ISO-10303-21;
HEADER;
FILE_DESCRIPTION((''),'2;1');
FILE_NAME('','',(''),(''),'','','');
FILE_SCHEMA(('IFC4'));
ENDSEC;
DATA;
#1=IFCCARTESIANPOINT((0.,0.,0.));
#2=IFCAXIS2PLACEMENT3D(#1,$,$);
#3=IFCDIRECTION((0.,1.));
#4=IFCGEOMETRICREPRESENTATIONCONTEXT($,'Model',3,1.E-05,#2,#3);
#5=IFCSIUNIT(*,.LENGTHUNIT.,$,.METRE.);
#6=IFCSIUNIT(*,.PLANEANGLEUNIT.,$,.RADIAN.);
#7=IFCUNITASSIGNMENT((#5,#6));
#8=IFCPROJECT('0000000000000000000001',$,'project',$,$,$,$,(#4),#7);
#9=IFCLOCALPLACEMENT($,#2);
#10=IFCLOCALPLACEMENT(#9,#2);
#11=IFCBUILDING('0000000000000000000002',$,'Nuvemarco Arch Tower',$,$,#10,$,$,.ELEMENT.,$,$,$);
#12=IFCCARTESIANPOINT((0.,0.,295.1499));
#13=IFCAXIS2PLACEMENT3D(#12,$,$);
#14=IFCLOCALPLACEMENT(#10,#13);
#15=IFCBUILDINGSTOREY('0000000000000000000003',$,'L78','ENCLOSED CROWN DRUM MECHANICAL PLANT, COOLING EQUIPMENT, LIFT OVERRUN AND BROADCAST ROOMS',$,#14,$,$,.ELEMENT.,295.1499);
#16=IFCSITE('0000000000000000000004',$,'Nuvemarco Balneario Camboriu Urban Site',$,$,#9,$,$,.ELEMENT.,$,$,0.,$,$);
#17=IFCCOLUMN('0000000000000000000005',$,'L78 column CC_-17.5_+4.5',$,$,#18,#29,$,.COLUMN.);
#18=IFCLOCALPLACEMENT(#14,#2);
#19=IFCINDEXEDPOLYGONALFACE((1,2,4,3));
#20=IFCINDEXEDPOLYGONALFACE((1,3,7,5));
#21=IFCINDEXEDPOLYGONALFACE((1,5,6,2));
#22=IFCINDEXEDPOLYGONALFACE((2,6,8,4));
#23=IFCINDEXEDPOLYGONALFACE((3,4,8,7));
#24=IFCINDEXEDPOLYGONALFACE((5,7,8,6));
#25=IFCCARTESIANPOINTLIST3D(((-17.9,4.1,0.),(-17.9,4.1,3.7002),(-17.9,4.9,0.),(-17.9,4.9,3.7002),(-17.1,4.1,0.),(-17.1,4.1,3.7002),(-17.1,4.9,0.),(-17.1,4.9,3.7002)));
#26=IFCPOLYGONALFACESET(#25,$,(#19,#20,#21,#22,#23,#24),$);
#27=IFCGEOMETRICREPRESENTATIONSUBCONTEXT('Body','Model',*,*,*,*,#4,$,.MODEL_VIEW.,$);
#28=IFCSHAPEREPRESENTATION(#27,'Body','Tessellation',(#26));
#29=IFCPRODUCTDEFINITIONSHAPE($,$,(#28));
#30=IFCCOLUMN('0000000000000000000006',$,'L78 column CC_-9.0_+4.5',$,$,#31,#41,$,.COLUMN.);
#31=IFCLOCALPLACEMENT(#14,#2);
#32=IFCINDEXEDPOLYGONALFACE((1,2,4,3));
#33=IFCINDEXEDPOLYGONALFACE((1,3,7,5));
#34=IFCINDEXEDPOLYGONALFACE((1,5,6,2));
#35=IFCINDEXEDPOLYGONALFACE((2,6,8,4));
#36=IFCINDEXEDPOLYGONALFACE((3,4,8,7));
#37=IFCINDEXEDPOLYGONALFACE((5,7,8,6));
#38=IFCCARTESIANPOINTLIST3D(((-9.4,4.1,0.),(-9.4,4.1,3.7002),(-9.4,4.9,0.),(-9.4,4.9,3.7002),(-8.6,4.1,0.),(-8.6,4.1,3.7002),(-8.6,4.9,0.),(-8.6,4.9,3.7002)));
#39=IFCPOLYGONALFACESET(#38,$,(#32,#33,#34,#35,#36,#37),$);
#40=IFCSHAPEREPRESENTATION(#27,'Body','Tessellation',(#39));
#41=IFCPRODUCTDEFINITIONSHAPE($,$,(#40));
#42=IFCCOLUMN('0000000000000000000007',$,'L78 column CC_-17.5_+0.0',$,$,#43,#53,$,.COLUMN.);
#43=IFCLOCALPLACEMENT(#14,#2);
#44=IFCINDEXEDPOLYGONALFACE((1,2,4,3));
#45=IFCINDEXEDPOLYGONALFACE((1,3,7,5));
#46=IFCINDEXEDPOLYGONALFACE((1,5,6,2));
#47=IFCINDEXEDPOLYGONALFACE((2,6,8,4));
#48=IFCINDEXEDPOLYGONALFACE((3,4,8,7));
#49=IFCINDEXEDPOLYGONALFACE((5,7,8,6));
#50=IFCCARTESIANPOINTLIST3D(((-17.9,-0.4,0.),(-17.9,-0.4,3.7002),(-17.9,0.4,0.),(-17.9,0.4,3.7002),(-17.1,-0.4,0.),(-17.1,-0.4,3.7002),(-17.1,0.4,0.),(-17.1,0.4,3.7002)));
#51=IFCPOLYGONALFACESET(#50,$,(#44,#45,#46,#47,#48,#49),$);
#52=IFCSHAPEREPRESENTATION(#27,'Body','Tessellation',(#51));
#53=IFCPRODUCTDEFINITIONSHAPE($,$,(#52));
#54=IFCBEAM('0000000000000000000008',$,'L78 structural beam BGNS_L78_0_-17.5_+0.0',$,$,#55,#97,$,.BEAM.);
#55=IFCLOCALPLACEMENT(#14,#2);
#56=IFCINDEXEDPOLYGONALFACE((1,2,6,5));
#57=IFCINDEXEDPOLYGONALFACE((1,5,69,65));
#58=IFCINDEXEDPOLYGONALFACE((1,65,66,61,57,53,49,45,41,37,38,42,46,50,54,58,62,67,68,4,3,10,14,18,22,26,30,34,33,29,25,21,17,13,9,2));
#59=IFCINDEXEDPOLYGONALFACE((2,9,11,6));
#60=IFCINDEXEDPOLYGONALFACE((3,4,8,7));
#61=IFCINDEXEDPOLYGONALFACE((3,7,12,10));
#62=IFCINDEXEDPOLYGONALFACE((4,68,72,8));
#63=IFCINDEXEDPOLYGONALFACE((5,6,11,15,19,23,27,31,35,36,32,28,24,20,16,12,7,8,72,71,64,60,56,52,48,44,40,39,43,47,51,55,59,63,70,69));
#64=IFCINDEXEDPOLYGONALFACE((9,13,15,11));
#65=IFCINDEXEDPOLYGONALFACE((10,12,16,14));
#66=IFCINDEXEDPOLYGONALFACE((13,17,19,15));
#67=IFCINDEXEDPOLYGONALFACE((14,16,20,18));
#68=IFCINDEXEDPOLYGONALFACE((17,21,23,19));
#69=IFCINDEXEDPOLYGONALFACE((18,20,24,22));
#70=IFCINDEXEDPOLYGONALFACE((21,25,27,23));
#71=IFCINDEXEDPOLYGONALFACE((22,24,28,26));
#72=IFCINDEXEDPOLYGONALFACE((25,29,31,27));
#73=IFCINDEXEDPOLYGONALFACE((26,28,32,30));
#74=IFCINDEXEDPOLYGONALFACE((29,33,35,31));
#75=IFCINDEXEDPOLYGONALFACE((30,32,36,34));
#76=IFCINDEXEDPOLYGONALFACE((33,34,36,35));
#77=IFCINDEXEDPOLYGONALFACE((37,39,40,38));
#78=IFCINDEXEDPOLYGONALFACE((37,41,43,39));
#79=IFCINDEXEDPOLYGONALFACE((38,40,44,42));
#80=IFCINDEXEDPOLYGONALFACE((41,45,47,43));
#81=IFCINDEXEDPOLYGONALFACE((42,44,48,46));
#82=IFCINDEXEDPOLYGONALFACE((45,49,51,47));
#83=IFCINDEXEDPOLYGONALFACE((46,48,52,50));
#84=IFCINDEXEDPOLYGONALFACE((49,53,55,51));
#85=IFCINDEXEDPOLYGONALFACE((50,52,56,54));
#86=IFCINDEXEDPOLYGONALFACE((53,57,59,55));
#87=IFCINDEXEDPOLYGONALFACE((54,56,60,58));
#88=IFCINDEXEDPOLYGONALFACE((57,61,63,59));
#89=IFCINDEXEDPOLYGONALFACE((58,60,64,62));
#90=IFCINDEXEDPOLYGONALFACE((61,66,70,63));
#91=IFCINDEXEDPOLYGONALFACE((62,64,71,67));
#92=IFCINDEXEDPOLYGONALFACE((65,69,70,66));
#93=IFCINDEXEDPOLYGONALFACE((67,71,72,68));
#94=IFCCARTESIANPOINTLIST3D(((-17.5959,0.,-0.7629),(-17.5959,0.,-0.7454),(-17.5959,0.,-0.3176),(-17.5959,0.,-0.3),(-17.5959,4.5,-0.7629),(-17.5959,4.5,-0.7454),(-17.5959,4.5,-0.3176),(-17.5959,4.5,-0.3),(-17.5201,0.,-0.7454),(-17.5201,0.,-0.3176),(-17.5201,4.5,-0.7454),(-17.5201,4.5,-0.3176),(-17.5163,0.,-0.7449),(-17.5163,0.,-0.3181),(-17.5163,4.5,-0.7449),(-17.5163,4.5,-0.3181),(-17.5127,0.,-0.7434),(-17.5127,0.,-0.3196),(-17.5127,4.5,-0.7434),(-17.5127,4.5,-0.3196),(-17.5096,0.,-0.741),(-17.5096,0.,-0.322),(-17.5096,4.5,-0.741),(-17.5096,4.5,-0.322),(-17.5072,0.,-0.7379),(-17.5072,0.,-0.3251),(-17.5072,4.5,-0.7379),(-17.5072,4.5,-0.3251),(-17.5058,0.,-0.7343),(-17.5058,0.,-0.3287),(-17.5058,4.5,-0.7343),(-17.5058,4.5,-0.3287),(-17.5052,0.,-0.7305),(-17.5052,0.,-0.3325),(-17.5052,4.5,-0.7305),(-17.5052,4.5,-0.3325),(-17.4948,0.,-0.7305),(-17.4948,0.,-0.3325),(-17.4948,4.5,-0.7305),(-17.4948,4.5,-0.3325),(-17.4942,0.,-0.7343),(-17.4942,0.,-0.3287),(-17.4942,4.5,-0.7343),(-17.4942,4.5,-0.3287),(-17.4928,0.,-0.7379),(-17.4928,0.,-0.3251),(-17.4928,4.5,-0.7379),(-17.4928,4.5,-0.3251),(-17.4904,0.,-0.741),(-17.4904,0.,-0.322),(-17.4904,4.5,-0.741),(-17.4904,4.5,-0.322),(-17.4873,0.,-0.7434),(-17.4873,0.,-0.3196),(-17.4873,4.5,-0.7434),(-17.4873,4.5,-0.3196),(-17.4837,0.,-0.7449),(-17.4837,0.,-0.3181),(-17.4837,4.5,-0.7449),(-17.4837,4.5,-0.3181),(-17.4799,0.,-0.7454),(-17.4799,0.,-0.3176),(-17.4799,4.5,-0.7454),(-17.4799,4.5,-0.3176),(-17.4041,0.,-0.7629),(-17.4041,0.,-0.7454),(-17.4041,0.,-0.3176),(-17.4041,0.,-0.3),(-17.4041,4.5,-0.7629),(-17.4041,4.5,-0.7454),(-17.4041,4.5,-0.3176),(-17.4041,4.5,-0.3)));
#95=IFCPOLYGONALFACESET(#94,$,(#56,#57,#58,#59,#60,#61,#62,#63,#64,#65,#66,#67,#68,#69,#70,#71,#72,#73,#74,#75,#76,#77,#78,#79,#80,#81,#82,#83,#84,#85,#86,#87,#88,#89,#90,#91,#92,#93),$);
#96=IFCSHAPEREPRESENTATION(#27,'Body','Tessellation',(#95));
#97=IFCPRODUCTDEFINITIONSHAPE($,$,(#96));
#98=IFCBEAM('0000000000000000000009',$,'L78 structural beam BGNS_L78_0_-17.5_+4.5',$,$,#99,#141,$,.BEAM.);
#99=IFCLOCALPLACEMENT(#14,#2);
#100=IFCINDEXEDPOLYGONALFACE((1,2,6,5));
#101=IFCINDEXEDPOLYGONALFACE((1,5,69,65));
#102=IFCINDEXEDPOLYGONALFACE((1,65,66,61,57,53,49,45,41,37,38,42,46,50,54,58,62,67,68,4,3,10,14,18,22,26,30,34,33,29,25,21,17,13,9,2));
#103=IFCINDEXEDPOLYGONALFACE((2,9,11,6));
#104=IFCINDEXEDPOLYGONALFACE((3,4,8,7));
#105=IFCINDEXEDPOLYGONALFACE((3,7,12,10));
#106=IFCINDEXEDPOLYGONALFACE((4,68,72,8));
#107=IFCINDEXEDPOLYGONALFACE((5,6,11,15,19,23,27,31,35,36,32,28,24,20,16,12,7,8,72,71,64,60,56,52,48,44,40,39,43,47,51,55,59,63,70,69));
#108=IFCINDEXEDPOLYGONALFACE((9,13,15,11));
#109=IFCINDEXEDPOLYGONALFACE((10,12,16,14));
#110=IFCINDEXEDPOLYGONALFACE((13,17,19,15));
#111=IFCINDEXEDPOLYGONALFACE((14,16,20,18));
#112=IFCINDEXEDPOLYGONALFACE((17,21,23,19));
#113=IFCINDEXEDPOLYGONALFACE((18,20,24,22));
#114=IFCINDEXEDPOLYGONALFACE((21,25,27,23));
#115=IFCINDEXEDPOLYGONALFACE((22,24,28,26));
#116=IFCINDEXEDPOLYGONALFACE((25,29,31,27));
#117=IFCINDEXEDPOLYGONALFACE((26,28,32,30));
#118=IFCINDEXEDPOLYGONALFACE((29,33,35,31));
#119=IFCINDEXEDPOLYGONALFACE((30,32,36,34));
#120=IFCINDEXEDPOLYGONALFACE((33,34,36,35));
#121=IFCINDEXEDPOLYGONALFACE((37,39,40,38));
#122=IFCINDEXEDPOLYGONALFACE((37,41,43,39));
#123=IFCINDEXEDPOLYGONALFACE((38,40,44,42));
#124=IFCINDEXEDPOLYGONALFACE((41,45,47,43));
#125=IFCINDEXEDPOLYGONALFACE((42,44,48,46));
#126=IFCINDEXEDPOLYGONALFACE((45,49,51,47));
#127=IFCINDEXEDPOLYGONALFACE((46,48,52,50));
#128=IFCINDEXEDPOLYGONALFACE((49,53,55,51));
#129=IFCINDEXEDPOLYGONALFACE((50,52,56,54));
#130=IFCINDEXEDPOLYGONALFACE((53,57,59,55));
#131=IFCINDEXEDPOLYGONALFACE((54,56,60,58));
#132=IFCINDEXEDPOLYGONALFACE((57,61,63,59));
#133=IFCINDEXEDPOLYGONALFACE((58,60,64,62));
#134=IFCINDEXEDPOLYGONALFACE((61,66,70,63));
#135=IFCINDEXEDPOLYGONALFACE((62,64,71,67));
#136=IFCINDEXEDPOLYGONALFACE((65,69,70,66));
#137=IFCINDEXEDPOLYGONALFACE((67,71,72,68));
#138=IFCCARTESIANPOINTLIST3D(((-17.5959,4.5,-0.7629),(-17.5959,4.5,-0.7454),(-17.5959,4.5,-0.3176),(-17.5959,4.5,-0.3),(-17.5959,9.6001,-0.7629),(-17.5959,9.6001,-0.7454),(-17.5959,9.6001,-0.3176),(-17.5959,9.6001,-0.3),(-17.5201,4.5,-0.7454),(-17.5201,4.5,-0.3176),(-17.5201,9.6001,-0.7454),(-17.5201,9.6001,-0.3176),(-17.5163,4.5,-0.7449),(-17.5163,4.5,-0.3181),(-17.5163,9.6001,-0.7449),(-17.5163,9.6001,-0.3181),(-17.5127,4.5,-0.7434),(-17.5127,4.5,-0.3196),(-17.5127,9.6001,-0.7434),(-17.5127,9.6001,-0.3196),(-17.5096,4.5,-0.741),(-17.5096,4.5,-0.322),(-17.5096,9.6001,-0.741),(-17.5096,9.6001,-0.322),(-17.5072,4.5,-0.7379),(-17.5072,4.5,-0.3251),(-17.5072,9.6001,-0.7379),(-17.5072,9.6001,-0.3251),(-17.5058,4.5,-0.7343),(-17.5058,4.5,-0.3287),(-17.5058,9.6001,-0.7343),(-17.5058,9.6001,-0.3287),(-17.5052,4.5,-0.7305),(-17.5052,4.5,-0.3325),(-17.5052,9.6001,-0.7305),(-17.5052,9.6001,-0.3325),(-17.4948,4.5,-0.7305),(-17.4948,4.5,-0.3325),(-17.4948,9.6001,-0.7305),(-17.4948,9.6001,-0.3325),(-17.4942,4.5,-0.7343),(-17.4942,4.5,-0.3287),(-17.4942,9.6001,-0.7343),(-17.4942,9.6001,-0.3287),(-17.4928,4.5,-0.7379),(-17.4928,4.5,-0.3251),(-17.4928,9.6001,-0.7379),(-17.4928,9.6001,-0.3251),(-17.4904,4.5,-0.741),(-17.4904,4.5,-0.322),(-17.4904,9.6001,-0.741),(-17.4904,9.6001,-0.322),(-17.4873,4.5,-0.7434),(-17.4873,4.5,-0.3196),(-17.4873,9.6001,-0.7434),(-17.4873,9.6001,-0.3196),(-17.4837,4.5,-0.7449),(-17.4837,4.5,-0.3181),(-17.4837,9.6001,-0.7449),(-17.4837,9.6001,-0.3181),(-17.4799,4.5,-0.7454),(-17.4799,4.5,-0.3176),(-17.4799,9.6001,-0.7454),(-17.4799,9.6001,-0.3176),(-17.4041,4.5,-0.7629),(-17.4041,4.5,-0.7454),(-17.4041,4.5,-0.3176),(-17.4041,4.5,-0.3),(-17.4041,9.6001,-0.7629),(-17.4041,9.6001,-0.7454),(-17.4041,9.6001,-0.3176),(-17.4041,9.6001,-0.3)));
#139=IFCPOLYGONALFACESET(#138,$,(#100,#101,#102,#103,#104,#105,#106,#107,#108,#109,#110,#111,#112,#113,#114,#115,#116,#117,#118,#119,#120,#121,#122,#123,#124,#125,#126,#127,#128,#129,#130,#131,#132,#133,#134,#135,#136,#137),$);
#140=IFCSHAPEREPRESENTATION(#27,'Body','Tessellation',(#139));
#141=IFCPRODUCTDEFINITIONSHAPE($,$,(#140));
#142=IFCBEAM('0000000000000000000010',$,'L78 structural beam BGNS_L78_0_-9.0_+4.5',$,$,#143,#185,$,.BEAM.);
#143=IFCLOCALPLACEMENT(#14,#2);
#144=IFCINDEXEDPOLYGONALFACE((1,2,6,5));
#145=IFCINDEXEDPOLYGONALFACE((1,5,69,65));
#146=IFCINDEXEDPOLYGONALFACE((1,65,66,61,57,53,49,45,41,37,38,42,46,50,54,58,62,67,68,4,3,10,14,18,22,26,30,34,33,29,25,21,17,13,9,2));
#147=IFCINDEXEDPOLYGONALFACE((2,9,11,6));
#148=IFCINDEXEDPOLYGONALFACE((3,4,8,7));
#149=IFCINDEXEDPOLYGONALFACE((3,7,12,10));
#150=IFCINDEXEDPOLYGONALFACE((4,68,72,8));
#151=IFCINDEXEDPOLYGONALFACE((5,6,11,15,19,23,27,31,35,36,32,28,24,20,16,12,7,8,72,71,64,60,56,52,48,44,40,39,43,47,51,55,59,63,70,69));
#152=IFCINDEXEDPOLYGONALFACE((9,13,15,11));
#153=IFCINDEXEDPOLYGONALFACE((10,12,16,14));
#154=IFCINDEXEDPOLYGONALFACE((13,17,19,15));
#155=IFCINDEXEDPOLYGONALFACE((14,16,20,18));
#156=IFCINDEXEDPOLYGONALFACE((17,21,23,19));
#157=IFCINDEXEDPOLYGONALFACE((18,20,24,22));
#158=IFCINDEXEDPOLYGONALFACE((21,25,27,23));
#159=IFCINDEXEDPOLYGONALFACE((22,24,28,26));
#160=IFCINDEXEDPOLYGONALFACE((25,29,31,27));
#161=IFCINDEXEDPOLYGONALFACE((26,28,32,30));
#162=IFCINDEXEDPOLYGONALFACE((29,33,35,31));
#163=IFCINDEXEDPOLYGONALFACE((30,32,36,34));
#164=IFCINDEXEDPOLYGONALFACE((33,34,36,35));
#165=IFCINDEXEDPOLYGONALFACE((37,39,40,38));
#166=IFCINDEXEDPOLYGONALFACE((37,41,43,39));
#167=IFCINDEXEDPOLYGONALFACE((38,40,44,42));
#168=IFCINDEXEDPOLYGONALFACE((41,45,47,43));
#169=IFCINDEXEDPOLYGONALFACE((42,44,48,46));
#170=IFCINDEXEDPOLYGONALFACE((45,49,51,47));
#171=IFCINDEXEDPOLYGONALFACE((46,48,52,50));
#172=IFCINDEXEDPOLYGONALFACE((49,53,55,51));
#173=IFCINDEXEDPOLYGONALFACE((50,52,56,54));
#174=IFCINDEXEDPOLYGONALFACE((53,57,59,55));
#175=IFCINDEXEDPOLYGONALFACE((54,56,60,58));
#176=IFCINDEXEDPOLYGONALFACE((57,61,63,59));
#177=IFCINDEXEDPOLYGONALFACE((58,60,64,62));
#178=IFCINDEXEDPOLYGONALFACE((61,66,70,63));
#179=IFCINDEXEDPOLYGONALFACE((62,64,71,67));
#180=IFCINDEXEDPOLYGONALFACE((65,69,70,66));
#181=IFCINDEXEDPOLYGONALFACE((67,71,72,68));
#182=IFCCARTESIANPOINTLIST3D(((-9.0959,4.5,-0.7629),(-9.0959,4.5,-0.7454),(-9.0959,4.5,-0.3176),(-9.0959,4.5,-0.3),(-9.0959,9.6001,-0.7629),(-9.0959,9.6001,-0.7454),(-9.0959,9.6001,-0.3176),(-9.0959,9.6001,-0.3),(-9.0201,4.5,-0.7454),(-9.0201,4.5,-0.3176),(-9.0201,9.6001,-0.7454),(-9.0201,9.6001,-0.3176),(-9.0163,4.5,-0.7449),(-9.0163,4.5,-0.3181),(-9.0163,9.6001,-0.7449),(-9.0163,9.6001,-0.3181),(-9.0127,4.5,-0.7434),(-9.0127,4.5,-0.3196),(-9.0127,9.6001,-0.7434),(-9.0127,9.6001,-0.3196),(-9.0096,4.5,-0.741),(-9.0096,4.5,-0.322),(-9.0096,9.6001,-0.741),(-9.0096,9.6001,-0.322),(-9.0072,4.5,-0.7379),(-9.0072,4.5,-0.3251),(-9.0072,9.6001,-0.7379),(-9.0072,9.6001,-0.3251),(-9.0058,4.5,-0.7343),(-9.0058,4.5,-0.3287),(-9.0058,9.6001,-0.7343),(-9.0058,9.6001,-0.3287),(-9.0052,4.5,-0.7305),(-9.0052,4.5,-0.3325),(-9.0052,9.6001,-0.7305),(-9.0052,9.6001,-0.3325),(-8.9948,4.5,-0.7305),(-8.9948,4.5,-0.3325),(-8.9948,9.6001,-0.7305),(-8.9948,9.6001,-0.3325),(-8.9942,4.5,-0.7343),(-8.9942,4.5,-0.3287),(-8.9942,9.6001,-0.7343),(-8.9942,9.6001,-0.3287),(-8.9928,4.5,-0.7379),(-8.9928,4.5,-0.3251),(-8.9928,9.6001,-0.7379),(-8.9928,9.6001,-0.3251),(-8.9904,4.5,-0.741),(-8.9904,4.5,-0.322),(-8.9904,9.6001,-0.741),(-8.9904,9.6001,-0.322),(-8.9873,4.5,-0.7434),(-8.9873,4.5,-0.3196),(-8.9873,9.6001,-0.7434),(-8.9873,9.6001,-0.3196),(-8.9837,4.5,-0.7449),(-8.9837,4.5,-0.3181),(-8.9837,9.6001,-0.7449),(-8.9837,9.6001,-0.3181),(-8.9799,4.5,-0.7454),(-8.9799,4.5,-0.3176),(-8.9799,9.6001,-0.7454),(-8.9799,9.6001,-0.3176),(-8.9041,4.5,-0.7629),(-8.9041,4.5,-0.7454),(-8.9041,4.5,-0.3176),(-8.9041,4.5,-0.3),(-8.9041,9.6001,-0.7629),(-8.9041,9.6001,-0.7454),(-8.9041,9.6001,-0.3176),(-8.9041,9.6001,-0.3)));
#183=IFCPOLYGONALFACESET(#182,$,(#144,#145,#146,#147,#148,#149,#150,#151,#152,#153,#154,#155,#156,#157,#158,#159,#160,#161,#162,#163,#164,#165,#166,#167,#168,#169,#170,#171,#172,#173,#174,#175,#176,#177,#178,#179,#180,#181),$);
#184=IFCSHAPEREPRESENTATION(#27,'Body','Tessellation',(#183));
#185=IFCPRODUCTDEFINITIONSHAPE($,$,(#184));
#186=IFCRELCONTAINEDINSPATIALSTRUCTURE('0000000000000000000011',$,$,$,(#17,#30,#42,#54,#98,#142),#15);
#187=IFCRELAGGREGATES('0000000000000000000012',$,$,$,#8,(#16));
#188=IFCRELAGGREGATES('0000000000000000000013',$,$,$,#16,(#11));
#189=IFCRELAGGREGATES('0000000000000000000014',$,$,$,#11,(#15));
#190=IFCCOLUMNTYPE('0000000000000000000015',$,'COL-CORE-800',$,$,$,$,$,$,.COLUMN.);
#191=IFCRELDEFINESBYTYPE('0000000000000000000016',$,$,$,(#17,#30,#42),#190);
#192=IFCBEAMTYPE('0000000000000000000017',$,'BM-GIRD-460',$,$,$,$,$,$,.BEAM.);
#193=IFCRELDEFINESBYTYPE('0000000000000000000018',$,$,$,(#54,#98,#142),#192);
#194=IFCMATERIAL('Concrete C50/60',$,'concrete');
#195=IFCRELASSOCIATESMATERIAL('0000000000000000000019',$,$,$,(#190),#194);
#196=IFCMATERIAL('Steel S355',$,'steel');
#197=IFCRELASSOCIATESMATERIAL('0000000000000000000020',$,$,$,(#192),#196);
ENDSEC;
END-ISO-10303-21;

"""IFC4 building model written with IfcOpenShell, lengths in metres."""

from ifc_helpers import new_model, si_unit, direction, frame, origin, origin_2d, place, context, subcontext, project, spatial, rectangle, i_section, extrude, material, material_profile, profile_set, type_object, element, save


model = new_model("IFC4")

# Units and contexts
model_context = context("Model", 3, precision=1e-05, world=origin(), true_north=direction((0.0, 1.0)))
body_context = subcontext(model_context, "Body", "Model", "MODEL_VIEW")
ifc_project = project(units=[si_unit("LENGTHUNIT", "METRE"), si_unit("PLANEANGLEUNIT", "RADIAN")], contexts=[model_context])

# Site, building, storey
site_placement = place(None, origin())
site = spatial("IfcSite", under=ifc_project, at=site_placement, Name="Nuvemarco Balneario Camboriu Urban Site", CompositionType="ELEMENT", RefElevation=0.0)
building_placement = place(site_placement, origin())
building = spatial("IfcBuilding", under=site, at=building_placement, Name="Nuvemarco Arch Tower", CompositionType="ELEMENT")
storey_placement = place(building_placement, frame((0.0, 0.0, 295.1499)))
storey = spatial("IfcBuildingStorey", under=building, at=storey_placement, Name="L78", Description="ENCLOSED CROWN DRUM MECHANICAL PLANT, COOLING EQUIPMENT, LIFT OVERRUN AND BROADCAST ROOMS", CompositionType="ELEMENT", Elevation=295.1499)

# Columns
ifc_material_1 = material(Name="Concrete C50/60", Category="concrete")
ifc_material_profile_1 = material_profile(ifc_material_1, rectangle(XDim=0.8, YDim=0.8, at=origin_2d()), Name="RC-COL-800x800")
ifc_profile_set_1 = profile_set([ifc_material_profile_1], Name="Concrete C50/60")
column_type = type_object("IfcColumnType", Name="COL-CORE-800", PredefinedType="COLUMN", material=ifc_profile_set_1)
for number, where, z_axis, x_axis, name in (
    (1, (-17.5, 4.5, 0.0), (0.0, 0.0, 1.0), (1.0, 0.0, 0.0), "L78 column CC_-17.5_+4.5"),
    (2, (-9.0, 4.5, 0.0), (0.0, 0.0, 1.0), (1.0, 0.0, 0.0), "L78 column CC_-9.0_+4.5"),
    (3, (-17.5, 0.0, 0.0), (0.0, 0.0, 1.0), (1.0, 0.0, 0.0), "L78 column CC_-17.5_+0.0"),
):
    element("IfcColumn", number, at=place(storey_placement, frame(where, z_axis=z_axis, x_axis=x_axis)), inside=storey, type_object=column_type, Name=name, PredefinedType="COLUMN", context=body_context, shape_type="SweptSolid", body=[
        extrude(rectangle(XDim=0.8, YDim=0.8, at=origin_2d()), origin(), (0.0, 0.0, 1.0), 3.7002),
    ])

# Beams
ifc_material_2 = material(Name="Steel S355", Category="steel")
ifc_material_profile_2 = material_profile(ifc_material_2, i_section(OverallWidth=0.1919, OverallDepth=0.4629, WebThickness=0.0105, FlangeThickness=0.0176, FilletRadius=0.0149, at=origin_2d()), Name="W460x89")
ifc_profile_set_2 = profile_set([ifc_material_profile_2], Name="Steel S355")
beam_type = type_object("IfcBeamType", Name="BM-GIRD-460", PredefinedType="BEAM", material=ifc_profile_set_2)
beam_1_placement = place(storey_placement, frame((-17.5, 0.0, -0.5315), z_axis=(0.0, 1.0, 0.0), x_axis=(-1.0, 0.0, 0.0)))
element("IfcBeam", 4, at=beam_1_placement, inside=storey, type_object=beam_type, Name="L78 structural beam BGNS_L78_0_-17.5_+0.0", PredefinedType="BEAM", context=body_context, shape_type="SweptSolid", body=[
    extrude(i_section(OverallWidth=0.1919, OverallDepth=0.4629, WebThickness=0.0105, FlangeThickness=0.0176, FilletRadius=0.0149, at=origin_2d()), origin(), (0.0, 0.0, 1.0), 4.5),
])
for number, where, z_axis, x_axis, name in (
    (5, (-17.5, 4.5, -0.5315), (0.0, 1.0, 0.0), (-1.0, 0.0, 0.0), "L78 structural beam BGNS_L78_0_-17.5_+4.5"),
    (6, (-9.0, 4.5, -0.5315), (0.0, 1.0, 0.0), (-1.0, 0.0, 0.0), "L78 structural beam BGNS_L78_0_-9.0_+4.5"),
):
    element("IfcBeam", number, at=place(storey_placement, frame(where, z_axis=z_axis, x_axis=x_axis)), inside=storey, type_object=beam_type, Name=name, PredefinedType="BEAM", context=body_context, shape_type="SweptSolid", body=[
        extrude(i_section(OverallWidth=0.1919, OverallDepth=0.4629, WebThickness=0.0105, FlangeThickness=0.0176, FilletRadius=0.0149, at=origin_2d()), origin(), (0.0, 0.0, 1.0), 5.1001),
    ])

save(model, "model.ifc")
